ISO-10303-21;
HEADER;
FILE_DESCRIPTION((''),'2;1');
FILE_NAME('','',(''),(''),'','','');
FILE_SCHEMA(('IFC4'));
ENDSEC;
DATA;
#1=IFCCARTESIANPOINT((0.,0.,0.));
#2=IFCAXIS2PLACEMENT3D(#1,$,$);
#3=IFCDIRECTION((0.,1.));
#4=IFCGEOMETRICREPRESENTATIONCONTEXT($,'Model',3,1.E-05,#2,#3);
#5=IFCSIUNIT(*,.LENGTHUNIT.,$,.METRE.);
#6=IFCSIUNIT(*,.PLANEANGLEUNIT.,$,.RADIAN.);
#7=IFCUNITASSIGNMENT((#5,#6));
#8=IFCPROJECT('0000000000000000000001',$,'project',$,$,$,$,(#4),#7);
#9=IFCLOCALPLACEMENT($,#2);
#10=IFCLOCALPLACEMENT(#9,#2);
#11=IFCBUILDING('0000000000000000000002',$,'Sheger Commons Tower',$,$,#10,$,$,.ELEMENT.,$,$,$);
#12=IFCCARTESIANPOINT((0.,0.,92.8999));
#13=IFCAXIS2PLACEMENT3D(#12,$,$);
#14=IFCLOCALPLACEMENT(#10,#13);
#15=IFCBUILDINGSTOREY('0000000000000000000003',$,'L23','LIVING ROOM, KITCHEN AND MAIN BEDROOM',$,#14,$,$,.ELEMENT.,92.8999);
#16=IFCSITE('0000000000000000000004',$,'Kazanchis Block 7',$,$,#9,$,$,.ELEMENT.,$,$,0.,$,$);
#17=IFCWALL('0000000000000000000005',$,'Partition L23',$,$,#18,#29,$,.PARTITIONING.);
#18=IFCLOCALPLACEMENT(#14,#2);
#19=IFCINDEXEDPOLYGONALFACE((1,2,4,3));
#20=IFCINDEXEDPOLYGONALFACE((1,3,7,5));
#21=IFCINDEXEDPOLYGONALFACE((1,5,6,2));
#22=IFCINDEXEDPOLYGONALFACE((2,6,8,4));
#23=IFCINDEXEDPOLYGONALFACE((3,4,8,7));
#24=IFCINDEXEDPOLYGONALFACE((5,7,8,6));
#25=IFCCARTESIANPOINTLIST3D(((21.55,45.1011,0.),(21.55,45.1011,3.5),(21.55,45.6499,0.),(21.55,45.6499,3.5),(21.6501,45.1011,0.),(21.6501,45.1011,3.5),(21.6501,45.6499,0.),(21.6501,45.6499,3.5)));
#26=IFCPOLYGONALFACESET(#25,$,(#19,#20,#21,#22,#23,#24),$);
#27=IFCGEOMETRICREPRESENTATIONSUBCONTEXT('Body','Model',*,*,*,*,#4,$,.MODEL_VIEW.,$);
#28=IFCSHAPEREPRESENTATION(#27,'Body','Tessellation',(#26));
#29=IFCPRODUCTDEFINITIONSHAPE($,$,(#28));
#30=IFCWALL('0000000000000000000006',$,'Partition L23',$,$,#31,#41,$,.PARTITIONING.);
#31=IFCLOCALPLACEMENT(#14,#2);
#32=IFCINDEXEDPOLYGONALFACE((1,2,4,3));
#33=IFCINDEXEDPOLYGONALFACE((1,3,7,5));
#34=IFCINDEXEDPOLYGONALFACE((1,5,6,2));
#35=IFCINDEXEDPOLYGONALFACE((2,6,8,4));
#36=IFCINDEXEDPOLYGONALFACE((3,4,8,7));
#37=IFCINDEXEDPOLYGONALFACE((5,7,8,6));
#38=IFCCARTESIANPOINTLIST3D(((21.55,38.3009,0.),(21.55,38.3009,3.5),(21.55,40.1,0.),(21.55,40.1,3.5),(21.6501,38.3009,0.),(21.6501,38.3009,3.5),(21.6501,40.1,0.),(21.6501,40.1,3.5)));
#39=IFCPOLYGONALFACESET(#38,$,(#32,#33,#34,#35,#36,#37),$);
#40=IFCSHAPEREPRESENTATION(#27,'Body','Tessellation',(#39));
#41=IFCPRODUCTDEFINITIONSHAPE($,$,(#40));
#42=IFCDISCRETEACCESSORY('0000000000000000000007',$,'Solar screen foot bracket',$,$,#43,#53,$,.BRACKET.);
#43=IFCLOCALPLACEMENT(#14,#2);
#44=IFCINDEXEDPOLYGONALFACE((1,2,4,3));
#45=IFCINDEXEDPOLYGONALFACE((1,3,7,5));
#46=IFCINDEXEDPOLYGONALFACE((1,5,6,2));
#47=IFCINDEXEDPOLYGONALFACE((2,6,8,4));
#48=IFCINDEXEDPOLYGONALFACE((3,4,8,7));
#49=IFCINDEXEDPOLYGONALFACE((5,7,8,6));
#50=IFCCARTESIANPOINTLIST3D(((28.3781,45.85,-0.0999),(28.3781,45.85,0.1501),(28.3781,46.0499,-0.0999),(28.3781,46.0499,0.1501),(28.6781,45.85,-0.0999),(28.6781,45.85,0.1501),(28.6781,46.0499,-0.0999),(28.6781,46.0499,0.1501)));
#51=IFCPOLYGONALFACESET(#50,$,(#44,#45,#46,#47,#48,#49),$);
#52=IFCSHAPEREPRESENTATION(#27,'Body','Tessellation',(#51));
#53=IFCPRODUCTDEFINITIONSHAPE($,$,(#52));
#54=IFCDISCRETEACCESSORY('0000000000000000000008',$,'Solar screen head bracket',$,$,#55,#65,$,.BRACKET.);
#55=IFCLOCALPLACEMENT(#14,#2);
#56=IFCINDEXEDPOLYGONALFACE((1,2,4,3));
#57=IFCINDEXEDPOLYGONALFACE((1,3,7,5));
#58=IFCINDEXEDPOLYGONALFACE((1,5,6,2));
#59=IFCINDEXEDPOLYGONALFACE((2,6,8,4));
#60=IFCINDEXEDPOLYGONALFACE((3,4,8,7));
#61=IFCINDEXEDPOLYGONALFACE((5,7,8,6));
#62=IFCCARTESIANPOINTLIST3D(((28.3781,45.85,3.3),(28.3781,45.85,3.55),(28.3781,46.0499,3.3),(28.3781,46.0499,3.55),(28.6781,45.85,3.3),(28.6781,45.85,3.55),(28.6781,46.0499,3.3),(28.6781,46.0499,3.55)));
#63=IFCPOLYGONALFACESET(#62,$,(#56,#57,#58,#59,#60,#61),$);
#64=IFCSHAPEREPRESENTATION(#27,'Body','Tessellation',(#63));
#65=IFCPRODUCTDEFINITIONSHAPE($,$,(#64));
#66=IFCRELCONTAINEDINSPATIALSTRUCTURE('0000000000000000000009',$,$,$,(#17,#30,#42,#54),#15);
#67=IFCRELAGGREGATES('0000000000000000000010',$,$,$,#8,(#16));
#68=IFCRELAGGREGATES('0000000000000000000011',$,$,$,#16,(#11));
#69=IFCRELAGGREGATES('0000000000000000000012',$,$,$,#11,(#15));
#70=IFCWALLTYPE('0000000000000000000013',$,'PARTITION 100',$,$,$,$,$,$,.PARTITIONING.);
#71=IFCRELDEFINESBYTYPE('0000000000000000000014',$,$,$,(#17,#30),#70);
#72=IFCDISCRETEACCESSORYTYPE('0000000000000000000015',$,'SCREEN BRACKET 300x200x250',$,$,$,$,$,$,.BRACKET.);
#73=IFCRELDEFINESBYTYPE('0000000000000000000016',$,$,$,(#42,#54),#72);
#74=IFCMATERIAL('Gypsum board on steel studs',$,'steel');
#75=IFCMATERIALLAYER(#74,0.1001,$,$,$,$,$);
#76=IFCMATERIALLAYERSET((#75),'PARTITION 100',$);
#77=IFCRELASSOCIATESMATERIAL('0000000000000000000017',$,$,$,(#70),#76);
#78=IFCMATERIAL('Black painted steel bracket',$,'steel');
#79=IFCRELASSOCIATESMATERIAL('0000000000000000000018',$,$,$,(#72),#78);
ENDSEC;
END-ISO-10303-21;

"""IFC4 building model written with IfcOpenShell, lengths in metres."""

from ifc_helpers import new_model, si_unit, direction, frame, frame_2d, origin, origin_2d, place, context, subcontext, project, spatial, rectangle, extrude, material, layer, layer_set, type_object, element, save


model = new_model("IFC4")

# Units and contexts
model_context = context("Model", 3, precision=1e-05, world=origin(), true_north=direction((0.0, 1.0)))
body_context = subcontext(model_context, "Body", "Model", "MODEL_VIEW")
ifc_project = project(units=[si_unit("LENGTHUNIT", "METRE"), si_unit("PLANEANGLEUNIT", "RADIAN")], contexts=[model_context])

# Site, building, storey
site_placement = place(None, origin())
site = spatial("IfcSite", under=ifc_project, at=site_placement, Name="Kazanchis Block 7", CompositionType="ELEMENT", RefElevation=0.0)
building_placement = place(site_placement, origin())
building = spatial("IfcBuilding", under=site, at=building_placement, Name="Sheger Commons Tower", CompositionType="ELEMENT")
storey_placement = place(building_placement, frame((0.0, 0.0, 92.8999)))
storey = spatial("IfcBuildingStorey", under=building, at=storey_placement, Name="L23", Description="LIVING ROOM, KITCHEN AND MAIN BEDROOM", CompositionType="ELEMENT", Elevation=92.8999)

# Shared definitions
ifc_material_1 = material(Name="Gypsum board on steel studs", Category="steel")
ifc_layer_1 = layer(ifc_material_1, 0.1001)
ifc_layer_set_1 = layer_set([ifc_layer_1], Name="PARTITION 100")
wall_type_1 = type_object("IfcWallType", Name="PARTITION 100", PredefinedType="PARTITIONING", material=ifc_layer_set_1)

# Walls
wall_1_placement = place(storey_placement, frame((21.6001, 45.1011, 0.0), z_axis=(0.0, 0.0, 1.0), x_axis=(0.0, 1.0, 0.0)))
element("IfcWall", 1, at=wall_1_placement, inside=storey, type_object=wall_type_1, Name="Partition L23", PredefinedType="PARTITIONING", context=body_context, shape_type="SweptSolid", body=[
    extrude(rectangle(XDim=0.5488, YDim=0.1001, at=frame_2d((0.2744, 0.0))), origin(), (0.0, 0.0, 1.0), 3.5),
])
wall_2_placement = place(storey_placement, frame((21.6001, 38.301, 0.0), z_axis=(0.0, 0.0, 1.0), x_axis=(0.0, 1.0, 0.0)))
element("IfcWall", 2, at=wall_2_placement, inside=storey, type_object=wall_type_1, Name="Partition L23", PredefinedType="PARTITIONING", context=body_context, shape_type="SweptSolid", body=[
    extrude(rectangle(XDim=1.7991, YDim=0.1001, at=frame_2d((0.8994, 0.0))), origin(), (0.0, 0.0, 1.0), 3.5),
])

# Discrete accessories
ifc_material_2 = material(Name="Black painted steel bracket", Category="steel")
discrete_accessory_type = type_object("IfcDiscreteAccessoryType", Name="SCREEN BRACKET 300x200x250", PredefinedType="BRACKET", material=ifc_material_2)
for number, where, z_axis, x_axis, name in (
    (3, (28.5281, 45.95, -0.0999), (0.0, 0.0, 1.0), (-1.0, 0.0, 0.0), "Solar screen foot bracket"),
    (4, (28.5281, 45.95, 3.3), (0.0, 0.0, 1.0), (-1.0, 0.0, 0.0), "Solar screen head bracket"),
):
    element("IfcDiscreteAccessory", number, at=place(storey_placement, frame(where, z_axis=z_axis, x_axis=x_axis)), inside=storey, type_object=discrete_accessory_type, Name=name, PredefinedType="BRACKET", context=body_context, shape_type="SweptSolid", body=[
        extrude(rectangle(XDim=0.3, YDim=0.2, at=origin_2d()), origin(), (0.0, 0.0, 1.0), 0.25),
    ])

save(model, "model.ifc")
